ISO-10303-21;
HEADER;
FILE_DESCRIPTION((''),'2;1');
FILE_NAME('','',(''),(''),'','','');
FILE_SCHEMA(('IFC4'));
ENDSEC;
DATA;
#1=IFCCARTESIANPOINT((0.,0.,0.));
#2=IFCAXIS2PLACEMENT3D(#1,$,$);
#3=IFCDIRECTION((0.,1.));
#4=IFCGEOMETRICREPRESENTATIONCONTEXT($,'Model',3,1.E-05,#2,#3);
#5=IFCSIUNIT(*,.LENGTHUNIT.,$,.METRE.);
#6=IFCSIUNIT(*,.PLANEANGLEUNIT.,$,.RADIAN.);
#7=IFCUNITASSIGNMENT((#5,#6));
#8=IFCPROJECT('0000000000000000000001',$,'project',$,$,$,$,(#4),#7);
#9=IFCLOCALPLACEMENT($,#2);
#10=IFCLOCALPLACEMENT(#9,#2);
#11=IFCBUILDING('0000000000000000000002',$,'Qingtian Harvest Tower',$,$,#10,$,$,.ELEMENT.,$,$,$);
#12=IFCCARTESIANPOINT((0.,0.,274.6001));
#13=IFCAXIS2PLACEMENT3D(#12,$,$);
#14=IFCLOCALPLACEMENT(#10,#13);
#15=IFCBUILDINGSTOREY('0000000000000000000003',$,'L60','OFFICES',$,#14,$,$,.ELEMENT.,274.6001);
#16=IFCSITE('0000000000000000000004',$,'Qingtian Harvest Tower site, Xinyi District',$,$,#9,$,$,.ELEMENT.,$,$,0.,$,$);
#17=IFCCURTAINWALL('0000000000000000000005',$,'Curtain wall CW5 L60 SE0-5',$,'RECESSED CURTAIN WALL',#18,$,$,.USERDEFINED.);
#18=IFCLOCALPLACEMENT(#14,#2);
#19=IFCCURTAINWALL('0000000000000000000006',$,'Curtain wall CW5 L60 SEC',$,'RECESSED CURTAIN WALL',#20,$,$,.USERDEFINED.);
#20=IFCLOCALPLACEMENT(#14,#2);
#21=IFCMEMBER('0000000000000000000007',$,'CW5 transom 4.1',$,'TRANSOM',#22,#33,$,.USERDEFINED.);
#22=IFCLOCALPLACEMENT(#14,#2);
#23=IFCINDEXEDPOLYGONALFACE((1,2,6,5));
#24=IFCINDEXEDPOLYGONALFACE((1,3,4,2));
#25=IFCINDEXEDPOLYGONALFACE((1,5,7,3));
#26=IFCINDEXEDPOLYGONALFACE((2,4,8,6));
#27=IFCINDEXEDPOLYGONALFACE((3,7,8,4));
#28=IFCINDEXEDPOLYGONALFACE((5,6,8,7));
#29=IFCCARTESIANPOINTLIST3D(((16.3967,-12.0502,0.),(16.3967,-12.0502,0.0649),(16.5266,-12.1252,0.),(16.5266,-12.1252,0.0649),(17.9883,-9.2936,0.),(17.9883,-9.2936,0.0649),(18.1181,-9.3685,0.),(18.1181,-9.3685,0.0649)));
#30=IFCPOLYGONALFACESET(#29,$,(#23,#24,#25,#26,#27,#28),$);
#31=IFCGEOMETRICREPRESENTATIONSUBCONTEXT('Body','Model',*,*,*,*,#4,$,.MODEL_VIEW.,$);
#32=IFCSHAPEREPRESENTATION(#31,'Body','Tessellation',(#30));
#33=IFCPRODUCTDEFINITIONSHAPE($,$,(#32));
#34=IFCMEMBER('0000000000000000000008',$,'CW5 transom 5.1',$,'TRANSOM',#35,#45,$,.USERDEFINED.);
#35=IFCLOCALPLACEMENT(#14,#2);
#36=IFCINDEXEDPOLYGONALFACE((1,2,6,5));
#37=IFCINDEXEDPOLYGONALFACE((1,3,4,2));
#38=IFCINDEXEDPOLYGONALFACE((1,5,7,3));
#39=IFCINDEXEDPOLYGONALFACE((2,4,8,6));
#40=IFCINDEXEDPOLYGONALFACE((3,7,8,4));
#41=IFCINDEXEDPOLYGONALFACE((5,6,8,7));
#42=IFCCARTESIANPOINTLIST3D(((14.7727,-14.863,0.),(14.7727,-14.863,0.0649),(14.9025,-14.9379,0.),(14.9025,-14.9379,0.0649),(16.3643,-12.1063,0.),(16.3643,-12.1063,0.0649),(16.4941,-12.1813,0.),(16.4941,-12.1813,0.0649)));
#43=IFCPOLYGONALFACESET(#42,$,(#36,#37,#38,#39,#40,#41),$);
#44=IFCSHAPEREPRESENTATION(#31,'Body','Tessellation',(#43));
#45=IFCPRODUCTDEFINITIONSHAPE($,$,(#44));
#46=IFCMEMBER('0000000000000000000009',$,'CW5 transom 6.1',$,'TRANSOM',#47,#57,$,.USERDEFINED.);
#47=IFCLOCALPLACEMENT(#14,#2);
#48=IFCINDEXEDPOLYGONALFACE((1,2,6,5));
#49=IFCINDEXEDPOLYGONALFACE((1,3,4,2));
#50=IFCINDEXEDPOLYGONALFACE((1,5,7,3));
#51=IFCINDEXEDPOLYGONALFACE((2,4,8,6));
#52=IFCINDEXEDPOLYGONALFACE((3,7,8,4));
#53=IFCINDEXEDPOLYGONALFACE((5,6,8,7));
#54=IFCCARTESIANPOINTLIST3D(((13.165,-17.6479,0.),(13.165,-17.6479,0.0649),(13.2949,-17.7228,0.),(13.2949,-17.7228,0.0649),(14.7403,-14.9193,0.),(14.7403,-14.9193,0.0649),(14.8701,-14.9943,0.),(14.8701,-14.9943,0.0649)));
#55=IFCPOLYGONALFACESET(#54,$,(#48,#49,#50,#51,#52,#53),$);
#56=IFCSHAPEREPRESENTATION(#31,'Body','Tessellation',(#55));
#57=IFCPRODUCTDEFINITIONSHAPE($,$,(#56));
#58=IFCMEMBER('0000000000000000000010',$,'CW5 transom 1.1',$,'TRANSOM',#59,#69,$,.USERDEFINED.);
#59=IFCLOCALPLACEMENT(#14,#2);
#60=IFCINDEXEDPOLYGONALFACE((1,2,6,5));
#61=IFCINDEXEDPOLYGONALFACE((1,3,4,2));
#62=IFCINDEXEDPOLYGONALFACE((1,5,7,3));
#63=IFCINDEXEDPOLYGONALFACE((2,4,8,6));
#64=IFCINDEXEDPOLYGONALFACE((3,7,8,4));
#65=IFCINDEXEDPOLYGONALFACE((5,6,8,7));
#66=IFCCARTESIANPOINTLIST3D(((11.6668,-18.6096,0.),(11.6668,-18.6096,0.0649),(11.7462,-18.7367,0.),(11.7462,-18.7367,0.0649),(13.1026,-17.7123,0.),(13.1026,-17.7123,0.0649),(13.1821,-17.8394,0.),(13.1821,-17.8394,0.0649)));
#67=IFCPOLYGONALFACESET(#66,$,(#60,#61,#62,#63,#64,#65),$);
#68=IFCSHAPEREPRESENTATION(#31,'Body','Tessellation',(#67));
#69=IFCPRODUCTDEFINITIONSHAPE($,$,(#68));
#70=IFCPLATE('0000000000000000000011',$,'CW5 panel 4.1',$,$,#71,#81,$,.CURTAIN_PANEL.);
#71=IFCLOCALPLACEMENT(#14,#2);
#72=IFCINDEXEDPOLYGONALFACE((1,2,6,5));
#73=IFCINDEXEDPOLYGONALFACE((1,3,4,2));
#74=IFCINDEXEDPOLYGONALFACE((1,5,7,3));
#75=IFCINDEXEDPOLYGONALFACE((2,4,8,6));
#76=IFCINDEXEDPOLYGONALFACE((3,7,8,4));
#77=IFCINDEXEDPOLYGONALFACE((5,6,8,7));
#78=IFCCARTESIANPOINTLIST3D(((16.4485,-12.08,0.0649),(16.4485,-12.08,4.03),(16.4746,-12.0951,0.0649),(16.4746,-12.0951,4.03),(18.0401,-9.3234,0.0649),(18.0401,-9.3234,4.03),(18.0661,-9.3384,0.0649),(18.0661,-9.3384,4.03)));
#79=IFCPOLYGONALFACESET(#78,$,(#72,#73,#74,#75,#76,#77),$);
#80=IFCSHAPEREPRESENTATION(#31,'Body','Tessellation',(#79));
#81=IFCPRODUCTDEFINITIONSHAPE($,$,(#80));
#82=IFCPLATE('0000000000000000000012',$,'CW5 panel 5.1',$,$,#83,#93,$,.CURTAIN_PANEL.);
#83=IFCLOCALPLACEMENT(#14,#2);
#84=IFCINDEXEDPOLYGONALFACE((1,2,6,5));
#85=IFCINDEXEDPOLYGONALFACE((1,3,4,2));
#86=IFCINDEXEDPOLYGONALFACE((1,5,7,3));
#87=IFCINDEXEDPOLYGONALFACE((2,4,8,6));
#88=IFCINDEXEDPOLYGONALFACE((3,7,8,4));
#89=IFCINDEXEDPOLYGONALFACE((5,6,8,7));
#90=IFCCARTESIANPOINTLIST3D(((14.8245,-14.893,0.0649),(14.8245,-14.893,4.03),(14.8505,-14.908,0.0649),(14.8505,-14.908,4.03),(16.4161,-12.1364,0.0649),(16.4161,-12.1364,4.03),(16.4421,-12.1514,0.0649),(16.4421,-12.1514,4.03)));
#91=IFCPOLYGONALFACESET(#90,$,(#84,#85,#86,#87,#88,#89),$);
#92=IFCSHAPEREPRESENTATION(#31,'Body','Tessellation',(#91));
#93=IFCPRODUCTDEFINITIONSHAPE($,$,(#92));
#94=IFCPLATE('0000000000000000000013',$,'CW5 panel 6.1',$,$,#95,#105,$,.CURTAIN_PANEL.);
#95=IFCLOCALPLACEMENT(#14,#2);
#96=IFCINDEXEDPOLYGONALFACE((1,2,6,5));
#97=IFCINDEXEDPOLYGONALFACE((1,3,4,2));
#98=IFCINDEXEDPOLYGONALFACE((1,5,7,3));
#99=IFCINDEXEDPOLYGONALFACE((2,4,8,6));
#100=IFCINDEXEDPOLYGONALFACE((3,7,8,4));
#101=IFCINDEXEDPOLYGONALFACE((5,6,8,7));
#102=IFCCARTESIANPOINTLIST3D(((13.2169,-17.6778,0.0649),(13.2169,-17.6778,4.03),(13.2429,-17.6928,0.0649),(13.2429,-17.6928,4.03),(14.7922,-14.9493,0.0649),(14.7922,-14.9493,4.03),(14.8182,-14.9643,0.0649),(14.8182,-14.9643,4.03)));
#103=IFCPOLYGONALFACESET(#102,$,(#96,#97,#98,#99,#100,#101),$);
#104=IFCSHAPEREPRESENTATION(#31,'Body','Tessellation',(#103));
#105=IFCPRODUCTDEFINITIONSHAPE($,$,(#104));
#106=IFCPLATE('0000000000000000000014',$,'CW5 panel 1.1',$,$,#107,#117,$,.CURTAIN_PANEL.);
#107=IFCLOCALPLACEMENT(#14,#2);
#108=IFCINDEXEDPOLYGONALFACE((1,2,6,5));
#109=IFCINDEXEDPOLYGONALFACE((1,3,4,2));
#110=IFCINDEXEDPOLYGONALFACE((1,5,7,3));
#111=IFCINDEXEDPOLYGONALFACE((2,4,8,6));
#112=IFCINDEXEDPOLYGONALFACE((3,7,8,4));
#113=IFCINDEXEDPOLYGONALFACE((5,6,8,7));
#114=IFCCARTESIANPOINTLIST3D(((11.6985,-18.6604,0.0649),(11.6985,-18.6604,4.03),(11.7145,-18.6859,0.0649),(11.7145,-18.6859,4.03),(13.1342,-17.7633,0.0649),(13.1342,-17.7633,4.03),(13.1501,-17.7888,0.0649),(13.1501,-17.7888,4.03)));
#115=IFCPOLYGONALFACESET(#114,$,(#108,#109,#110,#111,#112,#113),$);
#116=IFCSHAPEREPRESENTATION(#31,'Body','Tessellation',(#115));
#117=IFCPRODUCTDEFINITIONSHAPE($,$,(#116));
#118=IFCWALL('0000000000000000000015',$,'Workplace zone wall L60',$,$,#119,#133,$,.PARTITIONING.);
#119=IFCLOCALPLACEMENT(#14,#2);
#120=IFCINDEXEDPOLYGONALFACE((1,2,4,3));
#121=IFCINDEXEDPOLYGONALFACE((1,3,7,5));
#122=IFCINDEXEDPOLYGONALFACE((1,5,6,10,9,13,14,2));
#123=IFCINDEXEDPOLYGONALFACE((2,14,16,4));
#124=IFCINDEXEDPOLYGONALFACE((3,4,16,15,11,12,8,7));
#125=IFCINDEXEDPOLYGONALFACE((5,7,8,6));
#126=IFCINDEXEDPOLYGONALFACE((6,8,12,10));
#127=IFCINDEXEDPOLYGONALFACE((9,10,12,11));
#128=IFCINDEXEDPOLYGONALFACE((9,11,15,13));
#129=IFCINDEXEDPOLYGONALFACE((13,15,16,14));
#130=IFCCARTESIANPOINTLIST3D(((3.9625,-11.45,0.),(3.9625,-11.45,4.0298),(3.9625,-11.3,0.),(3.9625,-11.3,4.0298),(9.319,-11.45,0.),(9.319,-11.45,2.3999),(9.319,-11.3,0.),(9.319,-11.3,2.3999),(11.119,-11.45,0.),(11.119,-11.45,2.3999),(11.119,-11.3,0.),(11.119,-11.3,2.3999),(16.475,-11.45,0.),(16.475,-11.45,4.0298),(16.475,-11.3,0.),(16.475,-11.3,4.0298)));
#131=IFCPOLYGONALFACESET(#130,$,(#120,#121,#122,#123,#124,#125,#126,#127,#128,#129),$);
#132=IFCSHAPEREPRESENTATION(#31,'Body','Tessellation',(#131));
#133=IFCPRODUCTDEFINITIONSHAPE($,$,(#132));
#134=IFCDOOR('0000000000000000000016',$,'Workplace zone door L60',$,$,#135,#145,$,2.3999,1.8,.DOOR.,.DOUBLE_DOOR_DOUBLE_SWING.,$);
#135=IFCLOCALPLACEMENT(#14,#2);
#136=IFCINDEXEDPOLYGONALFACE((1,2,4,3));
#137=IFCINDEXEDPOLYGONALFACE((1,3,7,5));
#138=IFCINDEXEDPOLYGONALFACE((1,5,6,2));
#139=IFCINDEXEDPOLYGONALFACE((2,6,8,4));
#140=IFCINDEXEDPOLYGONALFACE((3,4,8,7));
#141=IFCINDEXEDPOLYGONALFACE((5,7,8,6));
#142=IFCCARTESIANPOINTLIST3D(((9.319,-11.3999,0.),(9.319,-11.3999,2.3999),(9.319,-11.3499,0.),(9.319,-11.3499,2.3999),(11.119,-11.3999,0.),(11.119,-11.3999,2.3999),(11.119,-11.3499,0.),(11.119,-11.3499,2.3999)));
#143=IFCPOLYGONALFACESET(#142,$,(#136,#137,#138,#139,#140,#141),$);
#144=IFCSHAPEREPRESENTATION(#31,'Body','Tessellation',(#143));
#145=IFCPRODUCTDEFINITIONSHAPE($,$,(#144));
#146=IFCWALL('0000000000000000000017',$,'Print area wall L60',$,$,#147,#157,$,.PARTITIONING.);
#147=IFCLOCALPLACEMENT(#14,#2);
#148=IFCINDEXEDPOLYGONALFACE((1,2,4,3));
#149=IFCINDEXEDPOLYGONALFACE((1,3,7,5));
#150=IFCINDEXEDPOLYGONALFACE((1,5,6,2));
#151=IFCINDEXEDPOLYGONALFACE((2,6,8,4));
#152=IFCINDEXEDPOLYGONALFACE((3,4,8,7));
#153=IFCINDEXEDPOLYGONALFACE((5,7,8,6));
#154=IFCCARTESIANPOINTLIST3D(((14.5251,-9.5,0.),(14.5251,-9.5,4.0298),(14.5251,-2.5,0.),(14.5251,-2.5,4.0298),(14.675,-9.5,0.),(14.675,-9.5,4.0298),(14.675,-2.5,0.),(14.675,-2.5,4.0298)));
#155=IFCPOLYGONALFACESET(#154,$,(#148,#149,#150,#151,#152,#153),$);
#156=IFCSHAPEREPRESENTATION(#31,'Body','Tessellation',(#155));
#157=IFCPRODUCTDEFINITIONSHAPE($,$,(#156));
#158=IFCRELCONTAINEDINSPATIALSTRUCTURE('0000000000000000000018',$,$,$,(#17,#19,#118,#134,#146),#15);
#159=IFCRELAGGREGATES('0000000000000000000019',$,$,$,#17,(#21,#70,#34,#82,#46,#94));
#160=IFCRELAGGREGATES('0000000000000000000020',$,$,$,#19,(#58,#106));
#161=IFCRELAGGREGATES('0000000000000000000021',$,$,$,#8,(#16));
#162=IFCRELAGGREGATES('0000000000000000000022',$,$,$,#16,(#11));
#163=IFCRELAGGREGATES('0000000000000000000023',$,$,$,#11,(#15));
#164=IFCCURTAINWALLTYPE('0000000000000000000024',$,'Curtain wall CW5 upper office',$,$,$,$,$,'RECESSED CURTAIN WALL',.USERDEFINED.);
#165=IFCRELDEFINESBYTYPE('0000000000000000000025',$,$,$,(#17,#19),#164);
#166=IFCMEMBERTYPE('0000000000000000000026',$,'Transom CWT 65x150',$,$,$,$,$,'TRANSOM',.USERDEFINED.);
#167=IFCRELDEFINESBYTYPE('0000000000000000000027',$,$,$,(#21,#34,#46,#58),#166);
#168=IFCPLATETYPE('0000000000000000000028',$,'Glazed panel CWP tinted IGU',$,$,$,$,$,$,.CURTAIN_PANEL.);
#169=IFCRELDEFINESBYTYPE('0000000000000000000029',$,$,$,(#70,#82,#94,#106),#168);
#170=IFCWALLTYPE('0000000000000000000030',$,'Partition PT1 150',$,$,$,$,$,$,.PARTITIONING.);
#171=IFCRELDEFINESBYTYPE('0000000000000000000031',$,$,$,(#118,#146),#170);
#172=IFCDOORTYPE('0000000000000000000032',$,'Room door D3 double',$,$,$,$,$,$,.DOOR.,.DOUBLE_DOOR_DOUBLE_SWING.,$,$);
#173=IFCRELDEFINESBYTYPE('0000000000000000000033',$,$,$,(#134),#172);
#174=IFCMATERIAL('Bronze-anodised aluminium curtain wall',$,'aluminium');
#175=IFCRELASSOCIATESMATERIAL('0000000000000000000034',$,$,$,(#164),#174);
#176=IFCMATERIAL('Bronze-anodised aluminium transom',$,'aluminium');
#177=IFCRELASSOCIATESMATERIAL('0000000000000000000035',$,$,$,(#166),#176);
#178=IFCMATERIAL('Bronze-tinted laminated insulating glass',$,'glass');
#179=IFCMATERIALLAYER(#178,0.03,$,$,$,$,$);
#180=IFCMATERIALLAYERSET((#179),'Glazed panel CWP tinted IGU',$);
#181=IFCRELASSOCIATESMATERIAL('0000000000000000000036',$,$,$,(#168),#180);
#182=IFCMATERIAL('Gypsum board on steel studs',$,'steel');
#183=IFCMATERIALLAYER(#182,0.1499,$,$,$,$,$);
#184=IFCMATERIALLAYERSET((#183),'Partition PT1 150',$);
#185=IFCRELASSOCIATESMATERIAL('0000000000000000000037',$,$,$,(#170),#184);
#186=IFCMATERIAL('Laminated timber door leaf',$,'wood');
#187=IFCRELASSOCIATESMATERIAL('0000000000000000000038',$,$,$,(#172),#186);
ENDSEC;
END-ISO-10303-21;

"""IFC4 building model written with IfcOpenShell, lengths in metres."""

from ifc_helpers import new_model, si_unit, direction, frame, frame_2d, origin, origin_2d, place, context, subcontext, project, spatial, rectangle, extrude, material, layer, layer_set, material_profile, profile_set, type_object, element, fill, aggregate, save


model = new_model("IFC4")

# Units and contexts
model_context = context("Model", 3, precision=1e-05, world=origin(), true_north=direction((0.0, 1.0)))
body_context = subcontext(model_context, "Body", "Model", "MODEL_VIEW")
ifc_project = project(units=[si_unit("LENGTHUNIT", "METRE"), si_unit("PLANEANGLEUNIT", "RADIAN")], contexts=[model_context])

# Site, building, storey
site_placement = place(None, origin())
site = spatial("IfcSite", under=ifc_project, at=site_placement, Name="Qingtian Harvest Tower site, Xinyi District", CompositionType="ELEMENT", RefElevation=0.0)
building_placement = place(site_placement, origin())
building = spatial("IfcBuilding", under=site, at=building_placement, Name="Qingtian Harvest Tower", CompositionType="ELEMENT")
storey_placement = place(building_placement, frame((0.0, 0.0, 274.6001)))
storey = spatial("IfcBuildingStorey", under=building, at=storey_placement, Name="L60", Description="OFFICES", CompositionType="ELEMENT", Elevation=274.6001)

# Curtain walls
ifc_material_1 = material(Name="Bronze-anodised aluminium curtain wall", Category="aluminium")
curtain_wall_type = type_object("IfcCurtainWallType", Name="Curtain wall CW5 upper office", ElementType="RECESSED CURTAIN WALL", PredefinedType="USERDEFINED", material=ifc_material_1)
curtain_wall_1_placement = place(storey_placement, origin())
curtain_wall_1 = element("IfcCurtainWall", 1, at=curtain_wall_1_placement, inside=storey, type_object=curtain_wall_type, Name="Curtain wall CW5 L60 SE0-5", ObjectType="RECESSED CURTAIN WALL", PredefinedType="USERDEFINED")
curtain_wall_2_placement = place(storey_placement, origin())
curtain_wall_2 = element("IfcCurtainWall", 2, at=curtain_wall_2_placement, inside=storey, type_object=curtain_wall_type, Name="Curtain wall CW5 L60 SEC", ObjectType="RECESSED CURTAIN WALL", PredefinedType="USERDEFINED")

# Members
ifc_material_2 = material(Name="Bronze-anodised aluminium transom", Category="aluminium")
ifc_material_profile_1 = material_profile(ifc_material_2, rectangle(XDim=0.1499, YDim=0.0649, at=origin_2d()), Name="AL 65x150")
ifc_profile_set_1 = profile_set([ifc_material_profile_1], Name="Bronze-anodised aluminium transom")
member_type_1 = type_object("IfcMemberType", Name="Transom CWT 65x150", ElementType="TRANSOM", PredefinedType="USERDEFINED", material=ifc_profile_set_1)
member_1_placement = place(storey_placement, frame((18.0532, -9.3311, 0.0325), z_axis=(-0.500008, -0.866021, 0.0), x_axis=(0.866021, -0.500008, 0.0)))
member_1 = element("IfcMember", 3, at=member_1_placement, type_object=member_type_1, Name="CW5 transom 4.1", ObjectType="TRANSOM", PredefinedType="USERDEFINED", context=body_context, shape_type="SweptSolid", body=[
    extrude(rectangle(XDim=0.1499, YDim=0.0649, at=origin_2d()), origin(), (0.0, 0.0, 1.0), 3.1831),
])
member_2_placement = place(storey_placement, frame((16.4292, -12.1438, 0.0325), z_axis=(-0.500008, -0.866021, 0.0), x_axis=(0.866021, -0.500008, 0.0)))
member_2 = element("IfcMember", 4, at=member_2_placement, type_object=member_type_1, Name="CW5 transom 5.1", ObjectType="TRANSOM", PredefinedType="USERDEFINED", context=body_context, shape_type="SweptSolid", body=[
    extrude(rectangle(XDim=0.1499, YDim=0.0649, at=origin_2d()), origin(), (0.0, 0.0, 1.0), 3.1831),
])
member_3_placement = place(storey_placement, frame((14.8052, -14.9568, 0.0325), z_axis=(-0.499973, -0.866041, 0.0), x_axis=(0.866041, -0.499973, 0.0)))
member_3 = element("IfcMember", 5, at=member_3_placement, type_object=member_type_1, Name="CW5 transom 6.1", ObjectType="TRANSOM", PredefinedType="USERDEFINED", context=body_context, shape_type="SweptSolid", body=[
    extrude(rectangle(XDim=0.1499, YDim=0.0649, at=origin_2d()), origin(), (0.0, 0.0, 1.0), 3.1506),
])
member_4_placement = place(storey_placement, frame((13.1423, -17.7759, 0.0325), z_axis=(-0.848039, -0.529934, 0.0), x_axis=(0.529934, -0.848039, 0.0)))
member_4 = element("IfcMember", 6, at=member_4_placement, type_object=member_type_1, Name="CW5 transom 1.1", ObjectType="TRANSOM", PredefinedType="USERDEFINED", context=body_context, shape_type="SweptSolid", body=[
    extrude(rectangle(XDim=0.1499, YDim=0.0649, at=origin_2d()), origin(), (0.0, 0.0, 1.0), 1.6931),
])

# Plates
ifc_material_3 = material(Name="Bronze-tinted laminated insulating glass", Category="glass")
ifc_layer_1 = layer(ifc_material_3, 0.03)
ifc_layer_set_1 = layer_set([ifc_layer_1], Name="Glazed panel CWP tinted IGU")
plate_type = type_object("IfcPlateType", Name="Glazed panel CWP tinted IGU", PredefinedType="CURTAIN_PANEL", material=ifc_layer_set_1)
plate_1_placement = place(storey_placement, frame((17.2573, -10.7092, 0.0649), z_axis=(0.0, 0.0, 1.0), x_axis=(-0.5, -0.866025, 0.0)))
plate_1 = element("IfcPlate", 7, at=plate_1_placement, type_object=plate_type, Name="CW5 panel 4.1", PredefinedType="CURTAIN_PANEL", context=body_context, shape_type="SweptSolid", body=[
    extrude(rectangle(XDim=3.1831, YDim=0.03, at=origin_2d()), origin(), (0.0, 0.0, 1.0), 3.9651),
])
plate_2_placement = place(storey_placement, frame((15.6333, -13.5222, 0.0649), z_axis=(0.0, 0.0, 1.0), x_axis=(-0.5, -0.866025, 0.0)))
plate_2 = element("IfcPlate", 8, at=plate_2_placement, type_object=plate_type, Name="CW5 panel 5.1", PredefinedType="CURTAIN_PANEL", context=body_context, shape_type="SweptSolid", body=[
    extrude(rectangle(XDim=3.1831, YDim=0.03, at=origin_2d()), origin(), (0.0, 0.0, 1.0), 3.9651),
])
plate_3_placement = place(storey_placement, frame((14.0176, -16.321, 0.0649), z_axis=(0.0, 0.0, 1.0), x_axis=(-0.5, -0.866025, 0.0)))
plate_3 = element("IfcPlate", 9, at=plate_3_placement, type_object=plate_type, Name="CW5 panel 6.1", PredefinedType="CURTAIN_PANEL", context=body_context, shape_type="SweptSolid", body=[
    extrude(rectangle(XDim=3.1506, YDim=0.03, at=origin_2d()), origin(), (0.0, 0.0, 1.0), 3.9651),
])
aggregate(curtain_wall_1, [member_1, plate_1, member_2, plate_2, member_3, plate_3])
plate_4_placement = place(storey_placement, frame((12.4243, -18.2246, 0.0649), z_axis=(0.0, 0.0, 1.0), x_axis=(-0.848048, -0.529919, 0.0)))
plate_4 = element("IfcPlate", 10, at=plate_4_placement, type_object=plate_type, Name="CW5 panel 1.1", PredefinedType="CURTAIN_PANEL", context=body_context, shape_type="SweptSolid", body=[
    extrude(rectangle(XDim=1.6929, YDim=0.03, at=origin_2d()), origin(), (0.0, 0.0, 1.0), 3.9651),
])
aggregate(curtain_wall_2, [member_4, plate_4])

# Wall, opening, door
ifc_material_4 = material(Name="Gypsum board on steel studs", Category="steel")
ifc_layer_2 = layer(ifc_material_4, 0.1499)
ifc_layer_set_2 = layer_set([ifc_layer_2], Name="Partition PT1 150")
wall_type = type_object("IfcWallType", Name="Partition PT1 150", PredefinedType="PARTITIONING", material=ifc_layer_set_2)
wall_1_placement = place(storey_placement, frame((16.4751, -11.375, 0.0), z_axis=(0.0, 0.0, 1.0), x_axis=(-1.0, 0.0, 0.0)))
wall_1 = element("IfcWall", 11, at=wall_1_placement, inside=storey, type_object=wall_type, Name="Workplace zone wall L60", PredefinedType="PARTITIONING", context=body_context, shape_type="SweptSolid", body=[
    extrude(rectangle(XDim=12.5125, YDim=0.1499, at=frame_2d((6.2563, 0.0))), origin(), (0.0, 0.0, 1.0), 4.0298),
])
opening_placement = place(wall_1_placement, frame((5.3562, 0.0, 0.0)))
opening = element("IfcOpeningElement", 12, at=opening_placement, cuts=wall_1, PredefinedType="OPENING", context=body_context, shape_type="SweptSolid", body=[
    extrude(rectangle(XDim=1.8, YDim=2.3999, at=frame_2d((0.8999, 1.2))), frame((0.0, 0.085, 0.0), z_axis=(0.0, -1.0, 0.0), x_axis=(1.0, 0.0, 0.0)), (0.0, 0.0, 1.0), 0.1699),
])
ifc_material_5 = material(Name="Laminated timber door leaf", Category="wood")
door_type = type_object("IfcDoorType", Name="Room door D3 double", OperationType="DOUBLE_DOOR_DOUBLE_SWING", PredefinedType="DOOR", material=ifc_material_5)
door_placement = place(opening_placement, origin())
door = element("IfcDoor", 13, at=door_placement, inside=storey, type_object=door_type, Name="Workplace zone door L60", OperationType="DOUBLE_DOOR_DOUBLE_SWING", OverallHeight=2.3999, OverallWidth=1.8, PredefinedType="DOOR", context=body_context, shape_type="SweptSolid", body=[
    extrude(rectangle(XDim=1.8, YDim=2.3999, at=frame_2d((0.8999, 1.2))), frame((0.0, 0.0249, 0.0), z_axis=(0.0, -1.0, 0.0), x_axis=(1.0, 0.0, 0.0)), (0.0, 0.0, 1.0), 0.05),
])
fill(opening, door)

# Wall
wall_2_placement = place(storey_placement, frame((14.6001, -9.5, 0.0), z_axis=(0.0, 0.0, 1.0), x_axis=(0.0, 1.0, 0.0)))
element("IfcWall", 14, at=wall_2_placement, inside=storey, type_object=wall_type, Name="Print area wall L60", PredefinedType="PARTITIONING", context=body_context, shape_type="SweptSolid", body=[
    extrude(rectangle(XDim=7.0, YDim=0.1499, at=frame_2d((3.5, 0.0))), origin(), (0.0, 0.0, 1.0), 4.0298),
])

save(model, "model.ifc")
